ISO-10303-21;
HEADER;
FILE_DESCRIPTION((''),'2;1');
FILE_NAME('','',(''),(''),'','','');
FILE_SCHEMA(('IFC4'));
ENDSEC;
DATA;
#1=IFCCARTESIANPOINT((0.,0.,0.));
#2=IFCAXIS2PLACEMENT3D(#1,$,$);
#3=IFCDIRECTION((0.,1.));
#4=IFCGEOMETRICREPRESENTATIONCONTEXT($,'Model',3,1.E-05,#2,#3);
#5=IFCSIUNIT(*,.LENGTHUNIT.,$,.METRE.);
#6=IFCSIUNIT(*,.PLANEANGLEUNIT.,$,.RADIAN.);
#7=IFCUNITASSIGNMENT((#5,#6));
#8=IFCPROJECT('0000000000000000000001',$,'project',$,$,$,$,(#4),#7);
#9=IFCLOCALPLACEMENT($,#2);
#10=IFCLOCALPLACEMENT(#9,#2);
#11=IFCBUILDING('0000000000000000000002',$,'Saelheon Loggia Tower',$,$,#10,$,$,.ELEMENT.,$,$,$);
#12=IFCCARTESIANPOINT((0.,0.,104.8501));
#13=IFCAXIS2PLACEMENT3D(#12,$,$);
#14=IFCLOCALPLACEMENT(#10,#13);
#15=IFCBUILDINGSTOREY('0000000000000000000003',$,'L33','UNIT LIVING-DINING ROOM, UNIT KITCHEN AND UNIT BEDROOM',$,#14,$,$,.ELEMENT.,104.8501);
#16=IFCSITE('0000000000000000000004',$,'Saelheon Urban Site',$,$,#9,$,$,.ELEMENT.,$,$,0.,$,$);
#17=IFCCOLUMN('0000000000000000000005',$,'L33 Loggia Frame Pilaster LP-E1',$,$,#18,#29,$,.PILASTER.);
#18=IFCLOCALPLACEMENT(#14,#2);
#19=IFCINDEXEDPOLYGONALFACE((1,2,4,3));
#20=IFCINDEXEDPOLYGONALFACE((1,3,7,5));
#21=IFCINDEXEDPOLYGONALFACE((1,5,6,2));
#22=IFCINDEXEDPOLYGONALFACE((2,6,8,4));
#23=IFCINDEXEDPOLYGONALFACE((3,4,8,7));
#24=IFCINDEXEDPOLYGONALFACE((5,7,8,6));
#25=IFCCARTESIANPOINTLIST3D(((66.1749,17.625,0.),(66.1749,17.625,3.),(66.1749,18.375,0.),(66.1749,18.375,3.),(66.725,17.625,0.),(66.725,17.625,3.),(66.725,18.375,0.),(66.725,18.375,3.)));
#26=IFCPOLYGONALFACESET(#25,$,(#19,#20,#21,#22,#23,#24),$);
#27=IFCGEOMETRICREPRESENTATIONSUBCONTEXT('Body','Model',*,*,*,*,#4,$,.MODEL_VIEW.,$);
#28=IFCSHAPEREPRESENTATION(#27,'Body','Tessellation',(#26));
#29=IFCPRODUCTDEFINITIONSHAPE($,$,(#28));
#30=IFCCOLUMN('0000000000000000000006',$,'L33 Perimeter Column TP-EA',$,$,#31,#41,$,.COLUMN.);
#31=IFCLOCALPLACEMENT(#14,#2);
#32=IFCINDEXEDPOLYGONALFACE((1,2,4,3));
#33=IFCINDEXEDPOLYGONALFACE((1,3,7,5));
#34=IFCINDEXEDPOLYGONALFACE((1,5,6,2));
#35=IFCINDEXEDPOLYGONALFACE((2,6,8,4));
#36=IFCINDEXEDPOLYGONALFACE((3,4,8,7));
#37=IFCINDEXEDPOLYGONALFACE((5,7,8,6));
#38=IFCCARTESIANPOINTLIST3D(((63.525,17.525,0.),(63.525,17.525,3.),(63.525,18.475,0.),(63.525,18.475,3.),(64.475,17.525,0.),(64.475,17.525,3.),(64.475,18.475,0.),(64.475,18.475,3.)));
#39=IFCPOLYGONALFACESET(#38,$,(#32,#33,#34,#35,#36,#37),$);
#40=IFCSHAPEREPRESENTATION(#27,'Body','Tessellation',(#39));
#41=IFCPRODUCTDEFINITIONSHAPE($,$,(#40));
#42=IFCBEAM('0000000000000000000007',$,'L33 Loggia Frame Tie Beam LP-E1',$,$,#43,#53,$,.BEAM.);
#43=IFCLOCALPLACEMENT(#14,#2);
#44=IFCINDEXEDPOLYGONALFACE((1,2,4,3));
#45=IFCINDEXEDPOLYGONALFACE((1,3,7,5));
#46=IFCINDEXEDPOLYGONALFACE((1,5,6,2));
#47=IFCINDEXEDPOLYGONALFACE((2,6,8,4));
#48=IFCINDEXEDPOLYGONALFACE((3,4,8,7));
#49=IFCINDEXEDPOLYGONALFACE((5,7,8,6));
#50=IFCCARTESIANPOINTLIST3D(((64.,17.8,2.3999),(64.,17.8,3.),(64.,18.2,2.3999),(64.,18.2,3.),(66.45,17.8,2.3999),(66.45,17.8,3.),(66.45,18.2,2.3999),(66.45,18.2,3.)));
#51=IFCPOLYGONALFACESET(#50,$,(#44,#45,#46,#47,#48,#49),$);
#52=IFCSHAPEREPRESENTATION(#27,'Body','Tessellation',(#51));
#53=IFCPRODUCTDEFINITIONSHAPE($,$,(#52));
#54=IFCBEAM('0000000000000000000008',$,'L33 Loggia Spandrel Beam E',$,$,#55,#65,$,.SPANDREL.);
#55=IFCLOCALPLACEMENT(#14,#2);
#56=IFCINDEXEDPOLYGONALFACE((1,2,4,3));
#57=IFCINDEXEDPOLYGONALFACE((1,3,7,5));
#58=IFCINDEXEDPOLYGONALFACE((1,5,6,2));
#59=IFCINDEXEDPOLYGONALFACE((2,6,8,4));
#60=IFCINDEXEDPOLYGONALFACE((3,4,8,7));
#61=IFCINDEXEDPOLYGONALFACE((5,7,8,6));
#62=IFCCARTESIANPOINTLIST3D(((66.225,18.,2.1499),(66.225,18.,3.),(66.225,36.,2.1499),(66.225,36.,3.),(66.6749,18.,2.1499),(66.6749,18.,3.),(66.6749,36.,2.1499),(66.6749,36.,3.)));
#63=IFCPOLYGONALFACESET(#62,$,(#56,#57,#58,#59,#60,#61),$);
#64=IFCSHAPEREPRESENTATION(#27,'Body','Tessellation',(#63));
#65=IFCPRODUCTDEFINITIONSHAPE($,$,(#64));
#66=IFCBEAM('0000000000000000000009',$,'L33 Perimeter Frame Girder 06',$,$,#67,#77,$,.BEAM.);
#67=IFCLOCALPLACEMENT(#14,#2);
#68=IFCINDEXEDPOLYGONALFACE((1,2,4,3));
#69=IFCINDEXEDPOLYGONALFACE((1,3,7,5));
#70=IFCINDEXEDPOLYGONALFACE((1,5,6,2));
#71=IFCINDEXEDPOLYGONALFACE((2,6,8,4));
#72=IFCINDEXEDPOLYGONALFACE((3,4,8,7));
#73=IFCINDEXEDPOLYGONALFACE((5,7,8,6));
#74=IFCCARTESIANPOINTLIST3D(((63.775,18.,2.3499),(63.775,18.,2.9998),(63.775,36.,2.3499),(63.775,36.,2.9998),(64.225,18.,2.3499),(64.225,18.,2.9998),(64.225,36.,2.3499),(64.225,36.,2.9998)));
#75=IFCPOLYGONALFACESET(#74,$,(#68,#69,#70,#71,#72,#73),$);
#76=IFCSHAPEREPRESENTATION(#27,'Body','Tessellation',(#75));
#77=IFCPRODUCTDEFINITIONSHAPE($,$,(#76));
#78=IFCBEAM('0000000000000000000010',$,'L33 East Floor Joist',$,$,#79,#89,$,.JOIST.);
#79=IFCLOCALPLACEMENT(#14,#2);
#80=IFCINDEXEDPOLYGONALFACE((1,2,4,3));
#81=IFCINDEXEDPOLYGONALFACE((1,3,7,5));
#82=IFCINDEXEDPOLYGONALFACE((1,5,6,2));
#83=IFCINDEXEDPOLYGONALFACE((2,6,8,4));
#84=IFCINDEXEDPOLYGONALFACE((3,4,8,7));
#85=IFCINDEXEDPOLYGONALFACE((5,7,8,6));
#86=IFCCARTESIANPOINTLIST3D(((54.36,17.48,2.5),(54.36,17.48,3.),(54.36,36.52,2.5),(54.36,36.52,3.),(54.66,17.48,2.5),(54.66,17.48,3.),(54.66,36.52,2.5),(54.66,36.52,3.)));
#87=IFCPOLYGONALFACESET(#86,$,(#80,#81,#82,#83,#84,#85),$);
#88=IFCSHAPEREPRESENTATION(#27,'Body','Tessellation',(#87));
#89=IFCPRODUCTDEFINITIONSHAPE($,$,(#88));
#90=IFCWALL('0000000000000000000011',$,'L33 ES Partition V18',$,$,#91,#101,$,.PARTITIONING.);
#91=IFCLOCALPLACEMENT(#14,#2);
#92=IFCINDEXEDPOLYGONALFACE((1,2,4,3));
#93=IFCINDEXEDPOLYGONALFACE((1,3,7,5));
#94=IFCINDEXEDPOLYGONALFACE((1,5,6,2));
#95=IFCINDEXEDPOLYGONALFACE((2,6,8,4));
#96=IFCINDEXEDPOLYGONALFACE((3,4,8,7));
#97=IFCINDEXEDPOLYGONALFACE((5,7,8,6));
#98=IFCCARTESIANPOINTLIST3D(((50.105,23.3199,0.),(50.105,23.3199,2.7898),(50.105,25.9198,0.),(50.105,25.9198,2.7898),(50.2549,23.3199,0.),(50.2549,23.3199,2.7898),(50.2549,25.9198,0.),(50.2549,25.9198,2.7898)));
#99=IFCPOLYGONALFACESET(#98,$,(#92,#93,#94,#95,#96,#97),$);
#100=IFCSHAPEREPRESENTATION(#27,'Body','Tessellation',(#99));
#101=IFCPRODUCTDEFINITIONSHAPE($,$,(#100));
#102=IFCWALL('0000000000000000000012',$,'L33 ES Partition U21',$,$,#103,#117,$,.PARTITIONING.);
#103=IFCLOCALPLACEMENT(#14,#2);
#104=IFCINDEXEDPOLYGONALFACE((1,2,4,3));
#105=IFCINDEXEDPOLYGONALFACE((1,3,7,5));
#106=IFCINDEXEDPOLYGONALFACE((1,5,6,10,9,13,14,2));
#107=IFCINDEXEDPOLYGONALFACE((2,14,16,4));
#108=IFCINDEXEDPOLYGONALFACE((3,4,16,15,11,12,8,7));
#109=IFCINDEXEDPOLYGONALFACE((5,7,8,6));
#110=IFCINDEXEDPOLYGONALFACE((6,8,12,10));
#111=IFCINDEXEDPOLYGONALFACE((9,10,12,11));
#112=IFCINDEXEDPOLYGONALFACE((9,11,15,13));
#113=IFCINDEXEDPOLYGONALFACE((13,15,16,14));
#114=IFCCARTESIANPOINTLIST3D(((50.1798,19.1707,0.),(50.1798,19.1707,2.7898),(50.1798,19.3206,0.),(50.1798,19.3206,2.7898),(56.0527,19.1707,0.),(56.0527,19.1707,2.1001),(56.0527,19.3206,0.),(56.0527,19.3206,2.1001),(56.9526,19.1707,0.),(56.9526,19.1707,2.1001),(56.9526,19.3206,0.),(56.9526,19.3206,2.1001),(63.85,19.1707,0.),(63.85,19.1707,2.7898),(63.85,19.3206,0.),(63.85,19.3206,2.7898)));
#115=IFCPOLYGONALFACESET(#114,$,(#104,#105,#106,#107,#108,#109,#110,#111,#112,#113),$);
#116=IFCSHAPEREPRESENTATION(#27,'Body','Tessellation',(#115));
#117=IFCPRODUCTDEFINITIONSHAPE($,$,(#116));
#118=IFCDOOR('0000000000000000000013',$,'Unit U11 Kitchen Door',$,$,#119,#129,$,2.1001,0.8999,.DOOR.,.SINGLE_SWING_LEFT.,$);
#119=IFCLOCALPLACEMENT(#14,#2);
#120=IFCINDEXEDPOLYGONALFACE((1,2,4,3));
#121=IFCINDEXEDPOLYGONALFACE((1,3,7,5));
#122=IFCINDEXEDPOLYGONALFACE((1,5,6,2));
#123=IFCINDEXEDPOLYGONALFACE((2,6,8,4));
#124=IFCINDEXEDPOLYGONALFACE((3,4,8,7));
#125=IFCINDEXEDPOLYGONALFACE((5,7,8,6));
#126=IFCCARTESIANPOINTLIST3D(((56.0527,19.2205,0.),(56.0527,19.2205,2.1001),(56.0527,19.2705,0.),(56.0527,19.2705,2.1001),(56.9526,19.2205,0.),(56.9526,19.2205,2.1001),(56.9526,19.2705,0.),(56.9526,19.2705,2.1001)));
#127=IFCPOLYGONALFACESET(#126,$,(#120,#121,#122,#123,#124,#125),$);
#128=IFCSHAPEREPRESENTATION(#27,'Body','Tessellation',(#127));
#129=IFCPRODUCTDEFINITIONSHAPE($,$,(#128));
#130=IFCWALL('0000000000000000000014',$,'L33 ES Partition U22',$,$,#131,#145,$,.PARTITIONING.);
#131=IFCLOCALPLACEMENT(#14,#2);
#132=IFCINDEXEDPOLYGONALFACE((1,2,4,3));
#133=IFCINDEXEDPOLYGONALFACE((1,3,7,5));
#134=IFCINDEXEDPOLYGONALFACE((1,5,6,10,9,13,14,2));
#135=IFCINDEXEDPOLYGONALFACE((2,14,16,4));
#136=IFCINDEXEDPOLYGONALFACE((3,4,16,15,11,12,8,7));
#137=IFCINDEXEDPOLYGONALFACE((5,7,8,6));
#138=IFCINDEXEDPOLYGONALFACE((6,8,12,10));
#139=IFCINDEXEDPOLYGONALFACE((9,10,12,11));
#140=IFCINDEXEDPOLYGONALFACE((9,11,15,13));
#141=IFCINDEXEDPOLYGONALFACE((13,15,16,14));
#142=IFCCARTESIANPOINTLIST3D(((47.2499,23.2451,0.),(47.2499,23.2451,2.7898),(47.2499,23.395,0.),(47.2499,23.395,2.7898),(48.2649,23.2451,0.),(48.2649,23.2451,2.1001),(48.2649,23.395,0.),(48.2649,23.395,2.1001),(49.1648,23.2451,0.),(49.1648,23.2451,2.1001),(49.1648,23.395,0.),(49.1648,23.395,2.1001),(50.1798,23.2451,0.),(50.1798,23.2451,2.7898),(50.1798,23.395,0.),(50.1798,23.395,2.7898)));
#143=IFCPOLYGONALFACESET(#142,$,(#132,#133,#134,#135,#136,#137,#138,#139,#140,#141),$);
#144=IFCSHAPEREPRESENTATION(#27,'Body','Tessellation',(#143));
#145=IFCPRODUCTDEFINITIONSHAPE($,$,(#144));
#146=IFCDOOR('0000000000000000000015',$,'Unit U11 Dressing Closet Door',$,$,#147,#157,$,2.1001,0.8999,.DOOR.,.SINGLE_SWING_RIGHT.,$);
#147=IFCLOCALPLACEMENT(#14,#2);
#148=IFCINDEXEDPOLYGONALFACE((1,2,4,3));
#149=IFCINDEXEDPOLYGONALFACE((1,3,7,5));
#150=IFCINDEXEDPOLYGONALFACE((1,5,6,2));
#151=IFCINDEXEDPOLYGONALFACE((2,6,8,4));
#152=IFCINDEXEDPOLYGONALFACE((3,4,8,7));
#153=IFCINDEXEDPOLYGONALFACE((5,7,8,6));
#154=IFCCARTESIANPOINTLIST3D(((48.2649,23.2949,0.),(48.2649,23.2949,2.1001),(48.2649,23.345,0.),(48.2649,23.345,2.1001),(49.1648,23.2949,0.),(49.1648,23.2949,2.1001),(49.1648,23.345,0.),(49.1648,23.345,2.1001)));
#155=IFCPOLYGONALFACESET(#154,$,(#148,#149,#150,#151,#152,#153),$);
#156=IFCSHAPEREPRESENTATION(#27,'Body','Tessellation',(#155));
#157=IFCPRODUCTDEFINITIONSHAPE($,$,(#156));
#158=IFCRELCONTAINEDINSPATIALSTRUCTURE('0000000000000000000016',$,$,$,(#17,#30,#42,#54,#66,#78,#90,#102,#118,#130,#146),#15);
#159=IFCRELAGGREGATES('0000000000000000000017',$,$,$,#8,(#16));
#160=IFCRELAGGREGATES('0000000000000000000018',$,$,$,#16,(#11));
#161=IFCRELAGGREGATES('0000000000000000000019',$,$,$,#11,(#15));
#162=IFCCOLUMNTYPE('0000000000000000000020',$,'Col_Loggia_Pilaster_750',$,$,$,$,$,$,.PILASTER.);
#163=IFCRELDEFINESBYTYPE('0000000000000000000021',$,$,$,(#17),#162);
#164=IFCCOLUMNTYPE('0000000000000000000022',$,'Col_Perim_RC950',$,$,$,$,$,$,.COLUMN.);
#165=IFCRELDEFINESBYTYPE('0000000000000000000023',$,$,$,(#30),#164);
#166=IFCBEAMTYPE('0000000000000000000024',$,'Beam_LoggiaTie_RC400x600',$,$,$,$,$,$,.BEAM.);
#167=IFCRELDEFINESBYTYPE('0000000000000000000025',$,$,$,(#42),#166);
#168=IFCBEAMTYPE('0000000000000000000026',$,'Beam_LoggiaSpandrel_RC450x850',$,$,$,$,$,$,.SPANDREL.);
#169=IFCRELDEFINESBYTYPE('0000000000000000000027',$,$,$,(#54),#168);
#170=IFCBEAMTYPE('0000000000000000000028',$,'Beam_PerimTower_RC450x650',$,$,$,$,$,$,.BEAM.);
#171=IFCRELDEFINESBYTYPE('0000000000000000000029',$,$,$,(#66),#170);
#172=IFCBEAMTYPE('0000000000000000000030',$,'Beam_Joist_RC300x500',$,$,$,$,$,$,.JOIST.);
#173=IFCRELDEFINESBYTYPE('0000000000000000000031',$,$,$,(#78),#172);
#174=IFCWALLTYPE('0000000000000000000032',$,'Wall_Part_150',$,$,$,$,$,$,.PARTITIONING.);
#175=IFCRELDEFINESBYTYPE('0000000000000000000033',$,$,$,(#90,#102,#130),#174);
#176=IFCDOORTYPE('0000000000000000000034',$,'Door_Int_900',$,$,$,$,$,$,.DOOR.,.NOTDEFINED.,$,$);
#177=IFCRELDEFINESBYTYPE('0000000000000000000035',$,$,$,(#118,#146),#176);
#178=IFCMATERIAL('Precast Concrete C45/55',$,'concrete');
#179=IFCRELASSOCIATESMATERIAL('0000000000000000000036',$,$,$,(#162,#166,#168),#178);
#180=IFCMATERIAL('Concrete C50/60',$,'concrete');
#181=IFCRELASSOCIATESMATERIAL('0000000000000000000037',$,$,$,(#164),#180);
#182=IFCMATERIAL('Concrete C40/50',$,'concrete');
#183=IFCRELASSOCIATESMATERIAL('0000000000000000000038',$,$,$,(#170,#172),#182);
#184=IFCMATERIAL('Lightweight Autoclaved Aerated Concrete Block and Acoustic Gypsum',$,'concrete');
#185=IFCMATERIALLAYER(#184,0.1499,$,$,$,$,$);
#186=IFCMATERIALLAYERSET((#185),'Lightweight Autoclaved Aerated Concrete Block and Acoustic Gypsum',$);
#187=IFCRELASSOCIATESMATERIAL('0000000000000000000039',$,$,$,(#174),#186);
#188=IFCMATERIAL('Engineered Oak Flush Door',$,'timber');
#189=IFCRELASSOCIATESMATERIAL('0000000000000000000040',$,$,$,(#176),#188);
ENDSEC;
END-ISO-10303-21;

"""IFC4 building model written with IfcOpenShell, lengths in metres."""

from ifc_helpers import new_model, si_unit, direction, frame, frame_2d, origin, origin_2d, place, context, subcontext, project, spatial, rectangle, extrude, source, transform, mapped, material, layer, layer_set, material_profile, profile_set, type_object, element, fill, save


model = new_model("IFC4")

# Units and contexts
model_context = context("Model", 3, precision=1e-05, world=origin(), true_north=direction((0.0, 1.0)))
body_context = subcontext(model_context, "Body", "Model", "MODEL_VIEW")
ifc_project = project(units=[si_unit("LENGTHUNIT", "METRE"), si_unit("PLANEANGLEUNIT", "RADIAN")], contexts=[model_context])

# Site, building, storey
site_placement = place(None, origin())
site = spatial("IfcSite", under=ifc_project, at=site_placement, Name="Saelheon Urban Site", CompositionType="ELEMENT", RefElevation=0.0)
building_placement = place(site_placement, origin())
building = spatial("IfcBuilding", under=site, at=building_placement, Name="Saelheon Loggia Tower", CompositionType="ELEMENT")
storey_placement = place(building_placement, frame((0.0, 0.0, 104.8501)))
storey = spatial("IfcBuildingStorey", under=building, at=storey_placement, Name="L33", Description="UNIT LIVING-DINING ROOM, UNIT KITCHEN AND UNIT BEDROOM", CompositionType="ELEMENT", Elevation=104.8501)

# Columns
ifc_material_1 = material(Name="Precast Concrete C45/55", Category="concrete")
ifc_material_profile_1 = material_profile(ifc_material_1, rectangle(XDim=0.55, YDim=0.75, at=origin_2d()), Name="RC-550x750")
ifc_profile_set_1 = profile_set([ifc_material_profile_1], Name="Precast Concrete C45/55")
column_type_1 = type_object("IfcColumnType", Name="Col_Loggia_Pilaster_750", PredefinedType="PILASTER", material=ifc_profile_set_1)
shared_shape_1 = source(origin(), body_context, "Body", "SweptSolid", [
    extrude(rectangle(XDim=0.55, YDim=0.75, at=origin_2d()), origin(), (0.0, 0.0, 1.0), 3.0),
])
column_1_placement = place(storey_placement, frame((66.45, 18.0, 0.0), z_axis=(0.0, 0.0, 1.0), x_axis=(1.0, 0.0, 0.0)))
element("IfcColumn", 1, at=column_1_placement, inside=storey, type_object=column_type_1, Name="L33 Loggia Frame Pilaster LP-E1", PredefinedType="PILASTER", context=body_context, shape_type="MappedRepresentation", body=[
    mapped(shared_shape_1, transform((0.0, 0.0, 0.0), scale=1.0)),
])
ifc_material_2 = material(Name="Concrete C50/60", Category="concrete")
ifc_material_profile_2 = material_profile(ifc_material_2, rectangle(XDim=0.95, YDim=0.95, at=origin_2d()), Name="RC-950x950")
ifc_profile_set_2 = profile_set([ifc_material_profile_2], Name="Concrete C50/60")
column_type_2 = type_object("IfcColumnType", Name="Col_Perim_RC950", PredefinedType="COLUMN", material=ifc_profile_set_2)
shared_shape_2 = source(origin(), body_context, "Body", "SweptSolid", [
    extrude(rectangle(XDim=0.95, YDim=0.95, at=origin_2d()), origin(), (0.0, 0.0, 1.0), 3.0),
])
column_2_placement = place(storey_placement, frame((64.0, 18.0, 0.0), z_axis=(0.0, 0.0, 1.0), x_axis=(1.0, 0.0, 0.0)))
element("IfcColumn", 2, at=column_2_placement, inside=storey, type_object=column_type_2, Name="L33 Perimeter Column TP-EA", PredefinedType="COLUMN", context=body_context, shape_type="MappedRepresentation", body=[
    mapped(shared_shape_2, transform((0.0, 0.0, 0.0), scale=1.0)),
])

# Beams
ifc_material_profile_3 = material_profile(ifc_material_1, rectangle(XDim=0.3999, YDim=0.6001, at=origin_2d()), Name="RC-400x600")
ifc_profile_set_3 = profile_set([ifc_material_profile_3], Name="Precast Concrete C45/55")
beam_type_1 = type_object("IfcBeamType", Name="Beam_LoggiaTie_RC400x600", PredefinedType="BEAM", material=ifc_profile_set_3)
shared_shape_3 = source(origin(), body_context, "Body", "SweptSolid", [
    extrude(rectangle(XDim=0.3999, YDim=0.6001, at=origin_2d()), origin(), (0.0, 0.0, 1.0), 2.45),
])
beam_1_placement = place(storey_placement, frame((64.0, 18.0, 2.7), z_axis=(1.0, 0.0, 0.0), x_axis=(0.0, 1.0, 0.0)))
element("IfcBeam", 3, at=beam_1_placement, inside=storey, type_object=beam_type_1, Name="L33 Loggia Frame Tie Beam LP-E1", PredefinedType="BEAM", context=body_context, shape_type="MappedRepresentation", body=[
    mapped(shared_shape_3, transform((0.0, 0.0, 0.0), scale=1.0)),
])
ifc_material_profile_4 = material_profile(ifc_material_1, rectangle(XDim=0.45, YDim=0.8501, at=origin_2d()), Name="RC-450x850")
ifc_profile_set_4 = profile_set([ifc_material_profile_4], Name="Precast Concrete C45/55")
beam_type_2 = type_object("IfcBeamType", Name="Beam_LoggiaSpandrel_RC450x850", PredefinedType="SPANDREL", material=ifc_profile_set_4)
shared_shape_4 = source(origin(), body_context, "Body", "SweptSolid", [
    extrude(rectangle(XDim=0.45, YDim=0.8501, at=origin_2d()), origin(), (0.0, 0.0, 1.0), 18.0),
])
beam_2_placement = place(storey_placement, frame((66.45, 18.0, 2.575), z_axis=(0.0, 1.0, 0.0), x_axis=(-1.0, 0.0, 0.0)))
element("IfcBeam", 4, at=beam_2_placement, inside=storey, type_object=beam_type_2, Name="L33 Loggia Spandrel Beam E", PredefinedType="SPANDREL", context=body_context, shape_type="MappedRepresentation", body=[
    mapped(shared_shape_4, transform((0.0, 0.0, 0.0), scale=1.0)),
])
ifc_material_3 = material(Name="Concrete C40/50", Category="concrete")
ifc_material_profile_5 = material_profile(ifc_material_3, rectangle(XDim=0.45, YDim=0.6499, at=origin_2d()), Name="RC-450x650")
ifc_profile_set_5 = profile_set([ifc_material_profile_5], Name="Concrete C40/50")
beam_type_3 = type_object("IfcBeamType", Name="Beam_PerimTower_RC450x650", PredefinedType="BEAM", material=ifc_profile_set_5)
shared_shape_5 = source(origin(), body_context, "Body", "SweptSolid", [
    extrude(rectangle(XDim=0.45, YDim=0.6499, at=origin_2d()), origin(), (0.0, 0.0, 1.0), 18.0),
])
beam_3_placement = place(storey_placement, frame((64.0, 18.0, 2.6748), z_axis=(0.0, 1.0, 0.0), x_axis=(-1.0, 0.0, 0.0)))
element("IfcBeam", 5, at=beam_3_placement, inside=storey, type_object=beam_type_3, Name="L33 Perimeter Frame Girder 06", PredefinedType="BEAM", context=body_context, shape_type="MappedRepresentation", body=[
    mapped(shared_shape_5, transform((0.0, 0.0, 0.0), scale=1.0)),
])
ifc_material_profile_6 = material_profile(ifc_material_3, rectangle(XDim=0.3, YDim=0.5, at=origin_2d()), Name="RC-300x500")
ifc_profile_set_6 = profile_set([ifc_material_profile_6], Name="Concrete C40/50")
beam_type_4 = type_object("IfcBeamType", Name="Beam_Joist_RC300x500", PredefinedType="JOIST", material=ifc_profile_set_6)
shared_shape_6 = source(origin(), body_context, "Body", "SweptSolid", [
    extrude(rectangle(XDim=0.3, YDim=0.5, at=origin_2d()), origin(), (0.0, 0.0, 1.0), 19.04),
])
beam_4_placement = place(storey_placement, frame((54.51, 17.48, 2.75), z_axis=(0.0, 1.0, 0.0), x_axis=(-1.0, 0.0, 0.0)))
element("IfcBeam", 6, at=beam_4_placement, inside=storey, type_object=beam_type_4, Name="L33 East Floor Joist", PredefinedType="JOIST", context=body_context, shape_type="MappedRepresentation", body=[
    mapped(shared_shape_6, transform((0.0, 0.0, 0.0), scale=1.0)),
])

# Wall
ifc_material_4 = material(Name="Lightweight Autoclaved Aerated Concrete Block and Acoustic Gypsum", Category="concrete")
ifc_layer_1 = layer(ifc_material_4, 0.1499)
ifc_layer_set_1 = layer_set([ifc_layer_1], Name="Lightweight Autoclaved Aerated Concrete Block and Acoustic Gypsum")
wall_type_1 = type_object("IfcWallType", Name="Wall_Part_150", PredefinedType="PARTITIONING", material=ifc_layer_set_1)
wall_1_placement = place(storey_placement, frame((50.1799, 23.3201, 0.0), z_axis=(0.0, 0.0, 1.0), x_axis=(0.0, 1.0, 0.0)))
element("IfcWall", 7, at=wall_1_placement, inside=storey, type_object=wall_type_1, Name="L33 ES Partition V18", PredefinedType="PARTITIONING", context=body_context, shape_type="SweptSolid", body=[
    extrude(rectangle(XDim=2.5999, YDim=0.1499, at=frame_2d((1.2998, 0.0))), origin(), (0.0, 0.0, 1.0), 2.7898),
])

# Walls, openings, doors
wall_2_placement = place(storey_placement, frame((50.1799, 19.2456, 0.0), z_axis=(0.0, 0.0, 1.0), x_axis=(1.0, 0.0, 0.0)))
wall_2 = element("IfcWall", 8, at=wall_2_placement, inside=storey, type_object=wall_type_1, Name="L33 ES Partition U21", PredefinedType="PARTITIONING", context=body_context, shape_type="SweptSolid", body=[
    extrude(rectangle(XDim=13.6702, YDim=0.1499, at=frame_2d((6.835, 0.0))), origin(), (0.0, 0.0, 1.0), 2.7898),
])
opening_1_placement = place(wall_2_placement, frame((5.8728, 0.0, 0.0)))
opening_1 = element("IfcOpeningElement", 9, at=opening_1_placement, cuts=wall_2, PredefinedType="OPENING", context=body_context, shape_type="SweptSolid", body=[
    extrude(rectangle(XDim=0.8999, YDim=2.1001, at=frame_2d((0.45, 1.05))), frame((0.0, 0.0869, 0.0), z_axis=(0.0, -1.0, 0.0), x_axis=(1.0, 0.0, 0.0)), (0.0, 0.0, 1.0), 0.1738),
])
ifc_material_5 = material(Name="Engineered Oak Flush Door", Category="timber")
door_type_1 = type_object("IfcDoorType", Name="Door_Int_900", OperationType="NOTDEFINED", PredefinedType="DOOR", material=ifc_material_5)
shared_shape_7 = source(origin(), body_context, "Body", "SweptSolid", [
    extrude(rectangle(XDim=0.8999, YDim=2.1001, at=frame_2d((0.45, 1.05))), frame((0.0, 0.0249, 0.0), z_axis=(0.0, -1.0, 0.0), x_axis=(1.0, 0.0, 0.0)), (0.0, 0.0, 1.0), 0.05),
])
door_1_placement = place(opening_1_placement, origin())
door_1 = element("IfcDoor", 10, at=door_1_placement, inside=storey, type_object=door_type_1, Name="Unit U11 Kitchen Door", OperationType="SINGLE_SWING_LEFT", OverallHeight=2.1001, OverallWidth=0.8999, PredefinedType="DOOR", context=body_context, shape_type="MappedRepresentation", body=[
    mapped(shared_shape_7, transform((0.0, 0.0, 0.0), scale=1.0)),
])
fill(opening_1, door_1)
wall_3_placement = place(storey_placement, frame((47.25, 23.3201, 0.0), z_axis=(0.0, 0.0, 1.0), x_axis=(1.0, 0.0, 0.0)))
wall_3 = element("IfcWall", 11, at=wall_3_placement, inside=storey, type_object=wall_type_1, Name="L33 ES Partition U22", PredefinedType="PARTITIONING", context=body_context, shape_type="SweptSolid", body=[
    extrude(rectangle(XDim=2.9299, YDim=0.1499, at=frame_2d((1.4648, 0.0))), origin(), (0.0, 0.0, 1.0), 2.7898),
])
opening_2_placement = place(wall_3_placement, frame((1.0149, 0.0, 0.0)))
opening_2 = element("IfcOpeningElement", 12, at=opening_2_placement, cuts=wall_3, PredefinedType="OPENING", context=body_context, shape_type="SweptSolid", body=[
    extrude(rectangle(XDim=0.8999, YDim=2.1001, at=frame_2d((0.45, 1.05))), frame((0.0, 0.0869, 0.0), z_axis=(0.0, -1.0, 0.0), x_axis=(1.0, 0.0, 0.0)), (0.0, 0.0, 1.0), 0.1738),
])
door_2_placement = place(opening_2_placement, origin())
door_2 = element("IfcDoor", 13, at=door_2_placement, inside=storey, type_object=door_type_1, Name="Unit U11 Dressing Closet Door", OperationType="SINGLE_SWING_RIGHT", OverallHeight=2.1001, OverallWidth=0.8999, PredefinedType="DOOR", context=body_context, shape_type="MappedRepresentation", body=[
    mapped(shared_shape_7, transform((0.0, 0.0, 0.0), scale=1.0)),
])
fill(opening_2, door_2)

save(model, "model.ifc")
